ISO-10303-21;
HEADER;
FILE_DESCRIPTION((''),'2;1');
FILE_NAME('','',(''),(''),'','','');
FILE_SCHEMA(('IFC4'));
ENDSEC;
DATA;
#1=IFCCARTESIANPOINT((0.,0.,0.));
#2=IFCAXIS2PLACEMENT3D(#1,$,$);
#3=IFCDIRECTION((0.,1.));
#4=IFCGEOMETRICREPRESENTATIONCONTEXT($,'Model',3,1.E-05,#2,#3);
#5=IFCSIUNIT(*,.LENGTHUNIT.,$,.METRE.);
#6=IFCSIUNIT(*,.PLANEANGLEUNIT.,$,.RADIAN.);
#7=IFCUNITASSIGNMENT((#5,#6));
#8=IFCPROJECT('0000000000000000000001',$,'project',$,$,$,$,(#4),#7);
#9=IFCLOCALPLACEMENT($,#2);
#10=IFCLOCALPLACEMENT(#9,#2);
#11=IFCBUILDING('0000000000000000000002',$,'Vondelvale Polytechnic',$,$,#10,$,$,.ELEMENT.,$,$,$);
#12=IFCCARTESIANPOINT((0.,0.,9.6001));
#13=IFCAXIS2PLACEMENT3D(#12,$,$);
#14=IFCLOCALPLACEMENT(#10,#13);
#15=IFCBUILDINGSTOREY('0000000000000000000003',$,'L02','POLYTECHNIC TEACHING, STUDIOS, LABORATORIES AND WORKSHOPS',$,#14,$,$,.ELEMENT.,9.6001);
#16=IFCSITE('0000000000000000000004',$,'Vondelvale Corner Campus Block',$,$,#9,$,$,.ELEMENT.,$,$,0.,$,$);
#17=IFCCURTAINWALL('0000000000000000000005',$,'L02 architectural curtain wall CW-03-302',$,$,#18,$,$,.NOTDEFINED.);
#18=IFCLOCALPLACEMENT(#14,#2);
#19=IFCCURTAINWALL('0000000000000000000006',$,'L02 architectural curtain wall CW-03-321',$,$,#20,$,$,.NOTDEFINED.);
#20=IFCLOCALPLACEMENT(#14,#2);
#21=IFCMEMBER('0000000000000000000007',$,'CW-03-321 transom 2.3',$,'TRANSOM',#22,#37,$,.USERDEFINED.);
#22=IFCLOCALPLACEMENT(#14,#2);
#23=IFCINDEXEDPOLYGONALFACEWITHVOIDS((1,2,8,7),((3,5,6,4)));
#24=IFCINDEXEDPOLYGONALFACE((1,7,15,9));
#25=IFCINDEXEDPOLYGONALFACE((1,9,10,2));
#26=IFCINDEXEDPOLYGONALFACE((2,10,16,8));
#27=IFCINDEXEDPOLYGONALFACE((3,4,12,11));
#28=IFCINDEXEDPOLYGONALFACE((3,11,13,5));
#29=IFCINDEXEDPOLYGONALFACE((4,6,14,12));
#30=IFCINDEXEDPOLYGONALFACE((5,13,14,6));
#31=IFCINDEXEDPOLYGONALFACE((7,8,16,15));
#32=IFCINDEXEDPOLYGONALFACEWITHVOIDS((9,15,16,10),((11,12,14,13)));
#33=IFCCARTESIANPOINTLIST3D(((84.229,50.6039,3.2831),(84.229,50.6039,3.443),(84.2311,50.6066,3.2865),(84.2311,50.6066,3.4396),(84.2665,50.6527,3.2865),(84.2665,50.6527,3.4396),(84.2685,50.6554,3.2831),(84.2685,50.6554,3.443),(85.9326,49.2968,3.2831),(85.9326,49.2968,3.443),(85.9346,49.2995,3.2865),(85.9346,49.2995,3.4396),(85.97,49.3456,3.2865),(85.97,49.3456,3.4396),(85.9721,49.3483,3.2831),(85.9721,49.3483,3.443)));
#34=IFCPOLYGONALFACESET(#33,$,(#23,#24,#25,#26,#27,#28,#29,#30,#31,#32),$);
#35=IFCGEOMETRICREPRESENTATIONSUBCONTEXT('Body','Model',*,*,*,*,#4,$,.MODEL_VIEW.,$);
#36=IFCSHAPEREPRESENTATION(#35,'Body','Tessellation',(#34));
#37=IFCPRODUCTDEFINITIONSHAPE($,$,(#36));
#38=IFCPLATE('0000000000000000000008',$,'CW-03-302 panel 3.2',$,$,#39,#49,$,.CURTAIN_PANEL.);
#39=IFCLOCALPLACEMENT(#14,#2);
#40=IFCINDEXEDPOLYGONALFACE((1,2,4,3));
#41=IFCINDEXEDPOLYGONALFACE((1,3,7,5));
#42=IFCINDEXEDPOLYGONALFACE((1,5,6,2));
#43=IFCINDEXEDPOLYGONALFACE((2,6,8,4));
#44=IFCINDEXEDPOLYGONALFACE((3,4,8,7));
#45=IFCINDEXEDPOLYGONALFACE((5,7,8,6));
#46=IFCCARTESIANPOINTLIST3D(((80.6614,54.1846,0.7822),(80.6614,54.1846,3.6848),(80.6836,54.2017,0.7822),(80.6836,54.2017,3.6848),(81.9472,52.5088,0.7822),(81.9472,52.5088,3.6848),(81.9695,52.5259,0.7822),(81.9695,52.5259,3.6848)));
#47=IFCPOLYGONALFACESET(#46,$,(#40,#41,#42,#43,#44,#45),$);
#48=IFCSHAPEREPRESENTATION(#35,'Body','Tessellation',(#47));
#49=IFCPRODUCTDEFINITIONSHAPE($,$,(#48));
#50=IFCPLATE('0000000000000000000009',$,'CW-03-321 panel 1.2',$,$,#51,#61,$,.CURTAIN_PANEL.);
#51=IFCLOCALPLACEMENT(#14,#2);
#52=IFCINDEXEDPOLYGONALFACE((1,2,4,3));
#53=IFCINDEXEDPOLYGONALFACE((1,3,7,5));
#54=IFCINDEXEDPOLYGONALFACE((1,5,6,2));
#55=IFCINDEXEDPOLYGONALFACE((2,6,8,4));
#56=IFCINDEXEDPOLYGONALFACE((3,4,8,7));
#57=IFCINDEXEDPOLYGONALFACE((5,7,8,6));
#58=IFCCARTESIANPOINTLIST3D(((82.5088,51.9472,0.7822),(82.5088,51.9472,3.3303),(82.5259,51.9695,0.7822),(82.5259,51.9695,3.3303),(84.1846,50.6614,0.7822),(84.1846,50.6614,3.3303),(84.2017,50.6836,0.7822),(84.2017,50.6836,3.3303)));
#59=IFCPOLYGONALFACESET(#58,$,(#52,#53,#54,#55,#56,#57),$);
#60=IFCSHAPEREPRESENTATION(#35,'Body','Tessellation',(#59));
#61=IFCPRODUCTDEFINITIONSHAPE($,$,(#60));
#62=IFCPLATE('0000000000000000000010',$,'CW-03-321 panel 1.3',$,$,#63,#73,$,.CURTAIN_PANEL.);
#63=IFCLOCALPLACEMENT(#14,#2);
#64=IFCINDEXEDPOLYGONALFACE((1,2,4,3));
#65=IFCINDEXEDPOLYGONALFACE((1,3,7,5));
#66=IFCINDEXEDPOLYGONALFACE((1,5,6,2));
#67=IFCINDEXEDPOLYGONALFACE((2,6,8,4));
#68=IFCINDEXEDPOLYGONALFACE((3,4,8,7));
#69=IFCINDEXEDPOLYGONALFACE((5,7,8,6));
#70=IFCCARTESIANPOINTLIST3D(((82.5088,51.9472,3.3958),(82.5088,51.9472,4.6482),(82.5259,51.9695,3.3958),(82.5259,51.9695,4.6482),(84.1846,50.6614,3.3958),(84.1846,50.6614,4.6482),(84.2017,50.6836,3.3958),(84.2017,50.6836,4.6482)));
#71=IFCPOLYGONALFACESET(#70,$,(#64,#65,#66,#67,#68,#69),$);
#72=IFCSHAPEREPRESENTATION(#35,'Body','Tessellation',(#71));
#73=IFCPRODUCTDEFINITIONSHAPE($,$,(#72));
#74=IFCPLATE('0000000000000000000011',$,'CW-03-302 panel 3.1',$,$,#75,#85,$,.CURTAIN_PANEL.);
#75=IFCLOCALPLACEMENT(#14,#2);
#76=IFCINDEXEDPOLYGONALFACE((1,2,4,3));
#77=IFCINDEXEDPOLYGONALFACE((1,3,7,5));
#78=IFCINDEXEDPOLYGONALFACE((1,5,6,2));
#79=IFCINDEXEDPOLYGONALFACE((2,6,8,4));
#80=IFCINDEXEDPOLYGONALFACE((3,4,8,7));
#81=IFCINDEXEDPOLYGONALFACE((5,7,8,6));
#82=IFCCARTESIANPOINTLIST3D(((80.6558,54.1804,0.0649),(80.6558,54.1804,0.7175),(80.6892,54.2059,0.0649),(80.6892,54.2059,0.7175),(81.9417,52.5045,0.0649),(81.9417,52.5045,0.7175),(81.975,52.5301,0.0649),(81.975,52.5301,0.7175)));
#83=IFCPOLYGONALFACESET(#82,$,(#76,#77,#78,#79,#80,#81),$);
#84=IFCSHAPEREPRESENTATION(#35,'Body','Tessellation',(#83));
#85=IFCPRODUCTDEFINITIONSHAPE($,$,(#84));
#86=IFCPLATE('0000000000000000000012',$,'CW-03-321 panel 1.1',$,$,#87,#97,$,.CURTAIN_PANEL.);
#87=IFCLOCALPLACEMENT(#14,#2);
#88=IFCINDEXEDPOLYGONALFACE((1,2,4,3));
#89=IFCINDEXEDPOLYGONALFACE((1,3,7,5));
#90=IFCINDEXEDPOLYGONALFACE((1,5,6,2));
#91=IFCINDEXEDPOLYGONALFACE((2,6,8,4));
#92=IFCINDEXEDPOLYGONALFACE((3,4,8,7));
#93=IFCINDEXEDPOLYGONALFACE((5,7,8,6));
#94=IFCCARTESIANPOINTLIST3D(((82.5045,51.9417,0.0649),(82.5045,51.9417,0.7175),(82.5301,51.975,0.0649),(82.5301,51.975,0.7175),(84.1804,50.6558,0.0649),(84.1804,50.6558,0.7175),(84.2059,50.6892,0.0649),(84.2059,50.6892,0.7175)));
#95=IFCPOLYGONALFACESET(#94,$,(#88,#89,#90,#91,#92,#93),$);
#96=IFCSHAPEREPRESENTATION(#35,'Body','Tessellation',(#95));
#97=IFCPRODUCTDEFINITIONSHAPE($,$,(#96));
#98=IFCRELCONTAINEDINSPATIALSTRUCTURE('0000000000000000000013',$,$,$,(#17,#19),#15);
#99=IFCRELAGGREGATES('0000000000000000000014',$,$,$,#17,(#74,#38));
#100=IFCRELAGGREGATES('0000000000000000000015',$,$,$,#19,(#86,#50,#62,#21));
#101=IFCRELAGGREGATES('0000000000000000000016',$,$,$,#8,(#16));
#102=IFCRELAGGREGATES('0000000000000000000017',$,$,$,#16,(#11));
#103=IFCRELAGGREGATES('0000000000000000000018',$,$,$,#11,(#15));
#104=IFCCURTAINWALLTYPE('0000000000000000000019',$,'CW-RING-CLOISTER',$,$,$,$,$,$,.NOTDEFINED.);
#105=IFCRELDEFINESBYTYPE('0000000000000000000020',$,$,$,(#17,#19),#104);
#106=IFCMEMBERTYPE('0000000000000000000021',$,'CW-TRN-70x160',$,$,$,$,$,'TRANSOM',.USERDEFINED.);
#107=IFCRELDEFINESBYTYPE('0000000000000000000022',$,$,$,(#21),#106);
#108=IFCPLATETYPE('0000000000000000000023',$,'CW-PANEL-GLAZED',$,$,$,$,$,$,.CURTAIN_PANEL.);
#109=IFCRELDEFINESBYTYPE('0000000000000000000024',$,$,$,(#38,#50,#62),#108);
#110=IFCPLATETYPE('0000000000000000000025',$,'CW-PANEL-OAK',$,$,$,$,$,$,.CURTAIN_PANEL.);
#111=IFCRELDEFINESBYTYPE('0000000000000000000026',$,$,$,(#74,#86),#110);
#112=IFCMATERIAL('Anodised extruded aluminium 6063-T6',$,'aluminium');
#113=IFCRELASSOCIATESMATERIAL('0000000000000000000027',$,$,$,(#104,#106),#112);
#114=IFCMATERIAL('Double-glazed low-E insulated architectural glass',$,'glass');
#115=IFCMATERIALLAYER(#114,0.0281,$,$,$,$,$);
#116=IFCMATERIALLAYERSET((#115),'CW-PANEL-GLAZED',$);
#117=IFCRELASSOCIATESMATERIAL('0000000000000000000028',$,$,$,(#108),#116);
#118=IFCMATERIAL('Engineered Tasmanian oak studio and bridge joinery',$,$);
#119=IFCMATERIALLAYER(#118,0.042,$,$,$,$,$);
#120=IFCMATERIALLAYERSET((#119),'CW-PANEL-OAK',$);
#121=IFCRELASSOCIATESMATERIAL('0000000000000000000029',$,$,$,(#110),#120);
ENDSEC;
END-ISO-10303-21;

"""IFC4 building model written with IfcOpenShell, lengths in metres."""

from ifc_helpers import new_model, si_unit, direction, frame, origin, origin_2d, place, context, subcontext, project, spatial, rectangle, hollow_rectangle, extrude, material, layer, layer_set, material_profile, profile_set, type_object, element, aggregate, save


model = new_model("IFC4")

# Units and contexts
model_context = context("Model", 3, precision=1e-05, world=origin(), true_north=direction((0.0, 1.0)))
body_context = subcontext(model_context, "Body", "Model", "MODEL_VIEW")
ifc_project = project(units=[si_unit("LENGTHUNIT", "METRE"), si_unit("PLANEANGLEUNIT", "RADIAN")], contexts=[model_context])

# Site, building, storey
site_placement = place(None, origin())
site = spatial("IfcSite", under=ifc_project, at=site_placement, Name="Vondelvale Corner Campus Block", CompositionType="ELEMENT", RefElevation=0.0)
building_placement = place(site_placement, origin())
building = spatial("IfcBuilding", under=site, at=building_placement, Name="Vondelvale Polytechnic", CompositionType="ELEMENT")
storey_placement = place(building_placement, frame((0.0, 0.0, 9.6001)))
storey = spatial("IfcBuildingStorey", under=building, at=storey_placement, Name="L02", Description="POLYTECHNIC TEACHING, STUDIOS, LABORATORIES AND WORKSHOPS", CompositionType="ELEMENT", Elevation=9.6001)

# Curtain walls
ifc_material_1 = material(Name="Anodised extruded aluminium 6063-T6", Category="aluminium")
curtain_wall_type = type_object("IfcCurtainWallType", Name="CW-RING-CLOISTER", PredefinedType="NOTDEFINED", material=ifc_material_1)
curtain_wall_1_placement = place(storey_placement, origin())
curtain_wall_1 = element("IfcCurtainWall", 1, at=curtain_wall_1_placement, inside=storey, type_object=curtain_wall_type, Name="L02 architectural curtain wall CW-03-302", PredefinedType="NOTDEFINED")
curtain_wall_2_placement = place(storey_placement, origin())
curtain_wall_2 = element("IfcCurtainWall", 2, at=curtain_wall_2_placement, inside=storey, type_object=curtain_wall_type, Name="L02 architectural curtain wall CW-03-321", PredefinedType="NOTDEFINED")

# Member
ifc_material_profile_1 = material_profile(ifc_material_1, hollow_rectangle(XDim=0.0649, YDim=0.1599, WallThickness=0.0034, at=origin_2d()), Name="CW-TRN-160x65")
ifc_profile_set_1 = profile_set([ifc_material_profile_1], Name="Anodised extruded aluminium 6063-T6")
member_type_1 = type_object("IfcMemberType", Name="CW-TRN-70x160", ElementType="TRANSOM", PredefinedType="USERDEFINED", material=ifc_profile_set_1)
member_1_placement = place(storey_placement, frame((84.2488, 50.6296, 3.363), z_axis=(0.793376, -0.608732, 0.0), x_axis=(0.608732, 0.793376, 0.0)))
member_1 = element("IfcMember", 3, at=member_1_placement, type_object=member_type_1, Name="CW-03-321 transom 2.3", ObjectType="TRANSOM", PredefinedType="USERDEFINED", context=body_context, shape_type="SweptSolid", body=[
    extrude(hollow_rectangle(XDim=0.0649, YDim=0.1599, WallThickness=0.0034, at=origin_2d()), origin(), (0.0, 0.0, 1.0), 2.1472),
])

# Plates
ifc_material_2 = material(Name="Double-glazed low-E insulated architectural glass", Category="glass")
ifc_layer_1 = layer(ifc_material_2, 0.0281)
ifc_layer_set_1 = layer_set([ifc_layer_1], Name="CW-PANEL-GLAZED")
plate_type_1 = type_object("IfcPlateType", Name="CW-PANEL-GLAZED", PredefinedType="CURTAIN_PANEL", material=ifc_layer_set_1)
plate_1_placement = place(storey_placement, frame((81.3154, 53.3552, 0.7822), z_axis=(0.0, 0.0, 1.0), x_axis=(0.608748, -0.793364, 0.0)))
plate_1 = element("IfcPlate", 4, at=plate_1_placement, type_object=plate_type_1, Name="CW-03-302 panel 3.2", PredefinedType="CURTAIN_PANEL", context=body_context, shape_type="SweptSolid", body=[
    extrude(rectangle(XDim=2.1123, YDim=0.0281, at=origin_2d()), origin(), (0.0, 0.0, 1.0), 2.9026),
])
plate_2_placement = place(storey_placement, frame((83.3552, 51.3154, 0.7822), z_axis=(0.0, 0.0, 1.0), x_axis=(0.793364, -0.608748, 0.0)))
plate_2 = element("IfcPlate", 5, at=plate_2_placement, type_object=plate_type_1, Name="CW-03-321 panel 1.2", PredefinedType="CURTAIN_PANEL", context=body_context, shape_type="SweptSolid", body=[
    extrude(rectangle(XDim=2.1123, YDim=0.0281, at=origin_2d()), origin(), (0.0, 0.0, 1.0), 2.5481),
])
plate_3_placement = place(storey_placement, frame((83.3552, 51.3154, 3.3958), z_axis=(0.0, 0.0, 1.0), x_axis=(0.793364, -0.608748, 0.0)))
plate_3 = element("IfcPlate", 6, at=plate_3_placement, type_object=plate_type_1, Name="CW-03-321 panel 1.3", PredefinedType="CURTAIN_PANEL", context=body_context, shape_type="SweptSolid", body=[
    extrude(rectangle(XDim=2.1123, YDim=0.0281, at=origin_2d()), origin(), (0.0, 0.0, 1.0), 1.2524),
])
ifc_material_3 = material(Name="Engineered Tasmanian oak studio and bridge joinery")
ifc_layer_2 = layer(ifc_material_3, 0.042)
ifc_layer_set_2 = layer_set([ifc_layer_2], Name="CW-PANEL-OAK")
plate_type_2 = type_object("IfcPlateType", Name="CW-PANEL-OAK", PredefinedType="CURTAIN_PANEL", material=ifc_layer_set_2)
plate_4_placement = place(storey_placement, frame((81.3154, 53.3552, 0.0649), z_axis=(0.0, 0.0, 1.0), x_axis=(0.608748, -0.793364, 0.0)))
plate_4 = element("IfcPlate", 7, at=plate_4_placement, type_object=plate_type_2, Name="CW-03-302 panel 3.1", PredefinedType="CURTAIN_PANEL", context=body_context, shape_type="SweptSolid", body=[
    extrude(rectangle(XDim=2.1123, YDim=0.042, at=origin_2d()), origin(), (0.0, 0.0, 1.0), 0.6526),
])
aggregate(curtain_wall_1, [plate_4, plate_1])
plate_5_placement = place(storey_placement, frame((83.3552, 51.3154, 0.0649), z_axis=(0.0, 0.0, 1.0), x_axis=(0.793364, -0.608748, 0.0)))
plate_5 = element("IfcPlate", 8, at=plate_5_placement, type_object=plate_type_2, Name="CW-03-321 panel 1.1", PredefinedType="CURTAIN_PANEL", context=body_context, shape_type="SweptSolid", body=[
    extrude(rectangle(XDim=2.1123, YDim=0.042, at=origin_2d()), origin(), (0.0, 0.0, 1.0), 0.6526),
])
aggregate(curtain_wall_2, [plate_5, plate_2, plate_3, member_1])

save(model, "model.ifc")
